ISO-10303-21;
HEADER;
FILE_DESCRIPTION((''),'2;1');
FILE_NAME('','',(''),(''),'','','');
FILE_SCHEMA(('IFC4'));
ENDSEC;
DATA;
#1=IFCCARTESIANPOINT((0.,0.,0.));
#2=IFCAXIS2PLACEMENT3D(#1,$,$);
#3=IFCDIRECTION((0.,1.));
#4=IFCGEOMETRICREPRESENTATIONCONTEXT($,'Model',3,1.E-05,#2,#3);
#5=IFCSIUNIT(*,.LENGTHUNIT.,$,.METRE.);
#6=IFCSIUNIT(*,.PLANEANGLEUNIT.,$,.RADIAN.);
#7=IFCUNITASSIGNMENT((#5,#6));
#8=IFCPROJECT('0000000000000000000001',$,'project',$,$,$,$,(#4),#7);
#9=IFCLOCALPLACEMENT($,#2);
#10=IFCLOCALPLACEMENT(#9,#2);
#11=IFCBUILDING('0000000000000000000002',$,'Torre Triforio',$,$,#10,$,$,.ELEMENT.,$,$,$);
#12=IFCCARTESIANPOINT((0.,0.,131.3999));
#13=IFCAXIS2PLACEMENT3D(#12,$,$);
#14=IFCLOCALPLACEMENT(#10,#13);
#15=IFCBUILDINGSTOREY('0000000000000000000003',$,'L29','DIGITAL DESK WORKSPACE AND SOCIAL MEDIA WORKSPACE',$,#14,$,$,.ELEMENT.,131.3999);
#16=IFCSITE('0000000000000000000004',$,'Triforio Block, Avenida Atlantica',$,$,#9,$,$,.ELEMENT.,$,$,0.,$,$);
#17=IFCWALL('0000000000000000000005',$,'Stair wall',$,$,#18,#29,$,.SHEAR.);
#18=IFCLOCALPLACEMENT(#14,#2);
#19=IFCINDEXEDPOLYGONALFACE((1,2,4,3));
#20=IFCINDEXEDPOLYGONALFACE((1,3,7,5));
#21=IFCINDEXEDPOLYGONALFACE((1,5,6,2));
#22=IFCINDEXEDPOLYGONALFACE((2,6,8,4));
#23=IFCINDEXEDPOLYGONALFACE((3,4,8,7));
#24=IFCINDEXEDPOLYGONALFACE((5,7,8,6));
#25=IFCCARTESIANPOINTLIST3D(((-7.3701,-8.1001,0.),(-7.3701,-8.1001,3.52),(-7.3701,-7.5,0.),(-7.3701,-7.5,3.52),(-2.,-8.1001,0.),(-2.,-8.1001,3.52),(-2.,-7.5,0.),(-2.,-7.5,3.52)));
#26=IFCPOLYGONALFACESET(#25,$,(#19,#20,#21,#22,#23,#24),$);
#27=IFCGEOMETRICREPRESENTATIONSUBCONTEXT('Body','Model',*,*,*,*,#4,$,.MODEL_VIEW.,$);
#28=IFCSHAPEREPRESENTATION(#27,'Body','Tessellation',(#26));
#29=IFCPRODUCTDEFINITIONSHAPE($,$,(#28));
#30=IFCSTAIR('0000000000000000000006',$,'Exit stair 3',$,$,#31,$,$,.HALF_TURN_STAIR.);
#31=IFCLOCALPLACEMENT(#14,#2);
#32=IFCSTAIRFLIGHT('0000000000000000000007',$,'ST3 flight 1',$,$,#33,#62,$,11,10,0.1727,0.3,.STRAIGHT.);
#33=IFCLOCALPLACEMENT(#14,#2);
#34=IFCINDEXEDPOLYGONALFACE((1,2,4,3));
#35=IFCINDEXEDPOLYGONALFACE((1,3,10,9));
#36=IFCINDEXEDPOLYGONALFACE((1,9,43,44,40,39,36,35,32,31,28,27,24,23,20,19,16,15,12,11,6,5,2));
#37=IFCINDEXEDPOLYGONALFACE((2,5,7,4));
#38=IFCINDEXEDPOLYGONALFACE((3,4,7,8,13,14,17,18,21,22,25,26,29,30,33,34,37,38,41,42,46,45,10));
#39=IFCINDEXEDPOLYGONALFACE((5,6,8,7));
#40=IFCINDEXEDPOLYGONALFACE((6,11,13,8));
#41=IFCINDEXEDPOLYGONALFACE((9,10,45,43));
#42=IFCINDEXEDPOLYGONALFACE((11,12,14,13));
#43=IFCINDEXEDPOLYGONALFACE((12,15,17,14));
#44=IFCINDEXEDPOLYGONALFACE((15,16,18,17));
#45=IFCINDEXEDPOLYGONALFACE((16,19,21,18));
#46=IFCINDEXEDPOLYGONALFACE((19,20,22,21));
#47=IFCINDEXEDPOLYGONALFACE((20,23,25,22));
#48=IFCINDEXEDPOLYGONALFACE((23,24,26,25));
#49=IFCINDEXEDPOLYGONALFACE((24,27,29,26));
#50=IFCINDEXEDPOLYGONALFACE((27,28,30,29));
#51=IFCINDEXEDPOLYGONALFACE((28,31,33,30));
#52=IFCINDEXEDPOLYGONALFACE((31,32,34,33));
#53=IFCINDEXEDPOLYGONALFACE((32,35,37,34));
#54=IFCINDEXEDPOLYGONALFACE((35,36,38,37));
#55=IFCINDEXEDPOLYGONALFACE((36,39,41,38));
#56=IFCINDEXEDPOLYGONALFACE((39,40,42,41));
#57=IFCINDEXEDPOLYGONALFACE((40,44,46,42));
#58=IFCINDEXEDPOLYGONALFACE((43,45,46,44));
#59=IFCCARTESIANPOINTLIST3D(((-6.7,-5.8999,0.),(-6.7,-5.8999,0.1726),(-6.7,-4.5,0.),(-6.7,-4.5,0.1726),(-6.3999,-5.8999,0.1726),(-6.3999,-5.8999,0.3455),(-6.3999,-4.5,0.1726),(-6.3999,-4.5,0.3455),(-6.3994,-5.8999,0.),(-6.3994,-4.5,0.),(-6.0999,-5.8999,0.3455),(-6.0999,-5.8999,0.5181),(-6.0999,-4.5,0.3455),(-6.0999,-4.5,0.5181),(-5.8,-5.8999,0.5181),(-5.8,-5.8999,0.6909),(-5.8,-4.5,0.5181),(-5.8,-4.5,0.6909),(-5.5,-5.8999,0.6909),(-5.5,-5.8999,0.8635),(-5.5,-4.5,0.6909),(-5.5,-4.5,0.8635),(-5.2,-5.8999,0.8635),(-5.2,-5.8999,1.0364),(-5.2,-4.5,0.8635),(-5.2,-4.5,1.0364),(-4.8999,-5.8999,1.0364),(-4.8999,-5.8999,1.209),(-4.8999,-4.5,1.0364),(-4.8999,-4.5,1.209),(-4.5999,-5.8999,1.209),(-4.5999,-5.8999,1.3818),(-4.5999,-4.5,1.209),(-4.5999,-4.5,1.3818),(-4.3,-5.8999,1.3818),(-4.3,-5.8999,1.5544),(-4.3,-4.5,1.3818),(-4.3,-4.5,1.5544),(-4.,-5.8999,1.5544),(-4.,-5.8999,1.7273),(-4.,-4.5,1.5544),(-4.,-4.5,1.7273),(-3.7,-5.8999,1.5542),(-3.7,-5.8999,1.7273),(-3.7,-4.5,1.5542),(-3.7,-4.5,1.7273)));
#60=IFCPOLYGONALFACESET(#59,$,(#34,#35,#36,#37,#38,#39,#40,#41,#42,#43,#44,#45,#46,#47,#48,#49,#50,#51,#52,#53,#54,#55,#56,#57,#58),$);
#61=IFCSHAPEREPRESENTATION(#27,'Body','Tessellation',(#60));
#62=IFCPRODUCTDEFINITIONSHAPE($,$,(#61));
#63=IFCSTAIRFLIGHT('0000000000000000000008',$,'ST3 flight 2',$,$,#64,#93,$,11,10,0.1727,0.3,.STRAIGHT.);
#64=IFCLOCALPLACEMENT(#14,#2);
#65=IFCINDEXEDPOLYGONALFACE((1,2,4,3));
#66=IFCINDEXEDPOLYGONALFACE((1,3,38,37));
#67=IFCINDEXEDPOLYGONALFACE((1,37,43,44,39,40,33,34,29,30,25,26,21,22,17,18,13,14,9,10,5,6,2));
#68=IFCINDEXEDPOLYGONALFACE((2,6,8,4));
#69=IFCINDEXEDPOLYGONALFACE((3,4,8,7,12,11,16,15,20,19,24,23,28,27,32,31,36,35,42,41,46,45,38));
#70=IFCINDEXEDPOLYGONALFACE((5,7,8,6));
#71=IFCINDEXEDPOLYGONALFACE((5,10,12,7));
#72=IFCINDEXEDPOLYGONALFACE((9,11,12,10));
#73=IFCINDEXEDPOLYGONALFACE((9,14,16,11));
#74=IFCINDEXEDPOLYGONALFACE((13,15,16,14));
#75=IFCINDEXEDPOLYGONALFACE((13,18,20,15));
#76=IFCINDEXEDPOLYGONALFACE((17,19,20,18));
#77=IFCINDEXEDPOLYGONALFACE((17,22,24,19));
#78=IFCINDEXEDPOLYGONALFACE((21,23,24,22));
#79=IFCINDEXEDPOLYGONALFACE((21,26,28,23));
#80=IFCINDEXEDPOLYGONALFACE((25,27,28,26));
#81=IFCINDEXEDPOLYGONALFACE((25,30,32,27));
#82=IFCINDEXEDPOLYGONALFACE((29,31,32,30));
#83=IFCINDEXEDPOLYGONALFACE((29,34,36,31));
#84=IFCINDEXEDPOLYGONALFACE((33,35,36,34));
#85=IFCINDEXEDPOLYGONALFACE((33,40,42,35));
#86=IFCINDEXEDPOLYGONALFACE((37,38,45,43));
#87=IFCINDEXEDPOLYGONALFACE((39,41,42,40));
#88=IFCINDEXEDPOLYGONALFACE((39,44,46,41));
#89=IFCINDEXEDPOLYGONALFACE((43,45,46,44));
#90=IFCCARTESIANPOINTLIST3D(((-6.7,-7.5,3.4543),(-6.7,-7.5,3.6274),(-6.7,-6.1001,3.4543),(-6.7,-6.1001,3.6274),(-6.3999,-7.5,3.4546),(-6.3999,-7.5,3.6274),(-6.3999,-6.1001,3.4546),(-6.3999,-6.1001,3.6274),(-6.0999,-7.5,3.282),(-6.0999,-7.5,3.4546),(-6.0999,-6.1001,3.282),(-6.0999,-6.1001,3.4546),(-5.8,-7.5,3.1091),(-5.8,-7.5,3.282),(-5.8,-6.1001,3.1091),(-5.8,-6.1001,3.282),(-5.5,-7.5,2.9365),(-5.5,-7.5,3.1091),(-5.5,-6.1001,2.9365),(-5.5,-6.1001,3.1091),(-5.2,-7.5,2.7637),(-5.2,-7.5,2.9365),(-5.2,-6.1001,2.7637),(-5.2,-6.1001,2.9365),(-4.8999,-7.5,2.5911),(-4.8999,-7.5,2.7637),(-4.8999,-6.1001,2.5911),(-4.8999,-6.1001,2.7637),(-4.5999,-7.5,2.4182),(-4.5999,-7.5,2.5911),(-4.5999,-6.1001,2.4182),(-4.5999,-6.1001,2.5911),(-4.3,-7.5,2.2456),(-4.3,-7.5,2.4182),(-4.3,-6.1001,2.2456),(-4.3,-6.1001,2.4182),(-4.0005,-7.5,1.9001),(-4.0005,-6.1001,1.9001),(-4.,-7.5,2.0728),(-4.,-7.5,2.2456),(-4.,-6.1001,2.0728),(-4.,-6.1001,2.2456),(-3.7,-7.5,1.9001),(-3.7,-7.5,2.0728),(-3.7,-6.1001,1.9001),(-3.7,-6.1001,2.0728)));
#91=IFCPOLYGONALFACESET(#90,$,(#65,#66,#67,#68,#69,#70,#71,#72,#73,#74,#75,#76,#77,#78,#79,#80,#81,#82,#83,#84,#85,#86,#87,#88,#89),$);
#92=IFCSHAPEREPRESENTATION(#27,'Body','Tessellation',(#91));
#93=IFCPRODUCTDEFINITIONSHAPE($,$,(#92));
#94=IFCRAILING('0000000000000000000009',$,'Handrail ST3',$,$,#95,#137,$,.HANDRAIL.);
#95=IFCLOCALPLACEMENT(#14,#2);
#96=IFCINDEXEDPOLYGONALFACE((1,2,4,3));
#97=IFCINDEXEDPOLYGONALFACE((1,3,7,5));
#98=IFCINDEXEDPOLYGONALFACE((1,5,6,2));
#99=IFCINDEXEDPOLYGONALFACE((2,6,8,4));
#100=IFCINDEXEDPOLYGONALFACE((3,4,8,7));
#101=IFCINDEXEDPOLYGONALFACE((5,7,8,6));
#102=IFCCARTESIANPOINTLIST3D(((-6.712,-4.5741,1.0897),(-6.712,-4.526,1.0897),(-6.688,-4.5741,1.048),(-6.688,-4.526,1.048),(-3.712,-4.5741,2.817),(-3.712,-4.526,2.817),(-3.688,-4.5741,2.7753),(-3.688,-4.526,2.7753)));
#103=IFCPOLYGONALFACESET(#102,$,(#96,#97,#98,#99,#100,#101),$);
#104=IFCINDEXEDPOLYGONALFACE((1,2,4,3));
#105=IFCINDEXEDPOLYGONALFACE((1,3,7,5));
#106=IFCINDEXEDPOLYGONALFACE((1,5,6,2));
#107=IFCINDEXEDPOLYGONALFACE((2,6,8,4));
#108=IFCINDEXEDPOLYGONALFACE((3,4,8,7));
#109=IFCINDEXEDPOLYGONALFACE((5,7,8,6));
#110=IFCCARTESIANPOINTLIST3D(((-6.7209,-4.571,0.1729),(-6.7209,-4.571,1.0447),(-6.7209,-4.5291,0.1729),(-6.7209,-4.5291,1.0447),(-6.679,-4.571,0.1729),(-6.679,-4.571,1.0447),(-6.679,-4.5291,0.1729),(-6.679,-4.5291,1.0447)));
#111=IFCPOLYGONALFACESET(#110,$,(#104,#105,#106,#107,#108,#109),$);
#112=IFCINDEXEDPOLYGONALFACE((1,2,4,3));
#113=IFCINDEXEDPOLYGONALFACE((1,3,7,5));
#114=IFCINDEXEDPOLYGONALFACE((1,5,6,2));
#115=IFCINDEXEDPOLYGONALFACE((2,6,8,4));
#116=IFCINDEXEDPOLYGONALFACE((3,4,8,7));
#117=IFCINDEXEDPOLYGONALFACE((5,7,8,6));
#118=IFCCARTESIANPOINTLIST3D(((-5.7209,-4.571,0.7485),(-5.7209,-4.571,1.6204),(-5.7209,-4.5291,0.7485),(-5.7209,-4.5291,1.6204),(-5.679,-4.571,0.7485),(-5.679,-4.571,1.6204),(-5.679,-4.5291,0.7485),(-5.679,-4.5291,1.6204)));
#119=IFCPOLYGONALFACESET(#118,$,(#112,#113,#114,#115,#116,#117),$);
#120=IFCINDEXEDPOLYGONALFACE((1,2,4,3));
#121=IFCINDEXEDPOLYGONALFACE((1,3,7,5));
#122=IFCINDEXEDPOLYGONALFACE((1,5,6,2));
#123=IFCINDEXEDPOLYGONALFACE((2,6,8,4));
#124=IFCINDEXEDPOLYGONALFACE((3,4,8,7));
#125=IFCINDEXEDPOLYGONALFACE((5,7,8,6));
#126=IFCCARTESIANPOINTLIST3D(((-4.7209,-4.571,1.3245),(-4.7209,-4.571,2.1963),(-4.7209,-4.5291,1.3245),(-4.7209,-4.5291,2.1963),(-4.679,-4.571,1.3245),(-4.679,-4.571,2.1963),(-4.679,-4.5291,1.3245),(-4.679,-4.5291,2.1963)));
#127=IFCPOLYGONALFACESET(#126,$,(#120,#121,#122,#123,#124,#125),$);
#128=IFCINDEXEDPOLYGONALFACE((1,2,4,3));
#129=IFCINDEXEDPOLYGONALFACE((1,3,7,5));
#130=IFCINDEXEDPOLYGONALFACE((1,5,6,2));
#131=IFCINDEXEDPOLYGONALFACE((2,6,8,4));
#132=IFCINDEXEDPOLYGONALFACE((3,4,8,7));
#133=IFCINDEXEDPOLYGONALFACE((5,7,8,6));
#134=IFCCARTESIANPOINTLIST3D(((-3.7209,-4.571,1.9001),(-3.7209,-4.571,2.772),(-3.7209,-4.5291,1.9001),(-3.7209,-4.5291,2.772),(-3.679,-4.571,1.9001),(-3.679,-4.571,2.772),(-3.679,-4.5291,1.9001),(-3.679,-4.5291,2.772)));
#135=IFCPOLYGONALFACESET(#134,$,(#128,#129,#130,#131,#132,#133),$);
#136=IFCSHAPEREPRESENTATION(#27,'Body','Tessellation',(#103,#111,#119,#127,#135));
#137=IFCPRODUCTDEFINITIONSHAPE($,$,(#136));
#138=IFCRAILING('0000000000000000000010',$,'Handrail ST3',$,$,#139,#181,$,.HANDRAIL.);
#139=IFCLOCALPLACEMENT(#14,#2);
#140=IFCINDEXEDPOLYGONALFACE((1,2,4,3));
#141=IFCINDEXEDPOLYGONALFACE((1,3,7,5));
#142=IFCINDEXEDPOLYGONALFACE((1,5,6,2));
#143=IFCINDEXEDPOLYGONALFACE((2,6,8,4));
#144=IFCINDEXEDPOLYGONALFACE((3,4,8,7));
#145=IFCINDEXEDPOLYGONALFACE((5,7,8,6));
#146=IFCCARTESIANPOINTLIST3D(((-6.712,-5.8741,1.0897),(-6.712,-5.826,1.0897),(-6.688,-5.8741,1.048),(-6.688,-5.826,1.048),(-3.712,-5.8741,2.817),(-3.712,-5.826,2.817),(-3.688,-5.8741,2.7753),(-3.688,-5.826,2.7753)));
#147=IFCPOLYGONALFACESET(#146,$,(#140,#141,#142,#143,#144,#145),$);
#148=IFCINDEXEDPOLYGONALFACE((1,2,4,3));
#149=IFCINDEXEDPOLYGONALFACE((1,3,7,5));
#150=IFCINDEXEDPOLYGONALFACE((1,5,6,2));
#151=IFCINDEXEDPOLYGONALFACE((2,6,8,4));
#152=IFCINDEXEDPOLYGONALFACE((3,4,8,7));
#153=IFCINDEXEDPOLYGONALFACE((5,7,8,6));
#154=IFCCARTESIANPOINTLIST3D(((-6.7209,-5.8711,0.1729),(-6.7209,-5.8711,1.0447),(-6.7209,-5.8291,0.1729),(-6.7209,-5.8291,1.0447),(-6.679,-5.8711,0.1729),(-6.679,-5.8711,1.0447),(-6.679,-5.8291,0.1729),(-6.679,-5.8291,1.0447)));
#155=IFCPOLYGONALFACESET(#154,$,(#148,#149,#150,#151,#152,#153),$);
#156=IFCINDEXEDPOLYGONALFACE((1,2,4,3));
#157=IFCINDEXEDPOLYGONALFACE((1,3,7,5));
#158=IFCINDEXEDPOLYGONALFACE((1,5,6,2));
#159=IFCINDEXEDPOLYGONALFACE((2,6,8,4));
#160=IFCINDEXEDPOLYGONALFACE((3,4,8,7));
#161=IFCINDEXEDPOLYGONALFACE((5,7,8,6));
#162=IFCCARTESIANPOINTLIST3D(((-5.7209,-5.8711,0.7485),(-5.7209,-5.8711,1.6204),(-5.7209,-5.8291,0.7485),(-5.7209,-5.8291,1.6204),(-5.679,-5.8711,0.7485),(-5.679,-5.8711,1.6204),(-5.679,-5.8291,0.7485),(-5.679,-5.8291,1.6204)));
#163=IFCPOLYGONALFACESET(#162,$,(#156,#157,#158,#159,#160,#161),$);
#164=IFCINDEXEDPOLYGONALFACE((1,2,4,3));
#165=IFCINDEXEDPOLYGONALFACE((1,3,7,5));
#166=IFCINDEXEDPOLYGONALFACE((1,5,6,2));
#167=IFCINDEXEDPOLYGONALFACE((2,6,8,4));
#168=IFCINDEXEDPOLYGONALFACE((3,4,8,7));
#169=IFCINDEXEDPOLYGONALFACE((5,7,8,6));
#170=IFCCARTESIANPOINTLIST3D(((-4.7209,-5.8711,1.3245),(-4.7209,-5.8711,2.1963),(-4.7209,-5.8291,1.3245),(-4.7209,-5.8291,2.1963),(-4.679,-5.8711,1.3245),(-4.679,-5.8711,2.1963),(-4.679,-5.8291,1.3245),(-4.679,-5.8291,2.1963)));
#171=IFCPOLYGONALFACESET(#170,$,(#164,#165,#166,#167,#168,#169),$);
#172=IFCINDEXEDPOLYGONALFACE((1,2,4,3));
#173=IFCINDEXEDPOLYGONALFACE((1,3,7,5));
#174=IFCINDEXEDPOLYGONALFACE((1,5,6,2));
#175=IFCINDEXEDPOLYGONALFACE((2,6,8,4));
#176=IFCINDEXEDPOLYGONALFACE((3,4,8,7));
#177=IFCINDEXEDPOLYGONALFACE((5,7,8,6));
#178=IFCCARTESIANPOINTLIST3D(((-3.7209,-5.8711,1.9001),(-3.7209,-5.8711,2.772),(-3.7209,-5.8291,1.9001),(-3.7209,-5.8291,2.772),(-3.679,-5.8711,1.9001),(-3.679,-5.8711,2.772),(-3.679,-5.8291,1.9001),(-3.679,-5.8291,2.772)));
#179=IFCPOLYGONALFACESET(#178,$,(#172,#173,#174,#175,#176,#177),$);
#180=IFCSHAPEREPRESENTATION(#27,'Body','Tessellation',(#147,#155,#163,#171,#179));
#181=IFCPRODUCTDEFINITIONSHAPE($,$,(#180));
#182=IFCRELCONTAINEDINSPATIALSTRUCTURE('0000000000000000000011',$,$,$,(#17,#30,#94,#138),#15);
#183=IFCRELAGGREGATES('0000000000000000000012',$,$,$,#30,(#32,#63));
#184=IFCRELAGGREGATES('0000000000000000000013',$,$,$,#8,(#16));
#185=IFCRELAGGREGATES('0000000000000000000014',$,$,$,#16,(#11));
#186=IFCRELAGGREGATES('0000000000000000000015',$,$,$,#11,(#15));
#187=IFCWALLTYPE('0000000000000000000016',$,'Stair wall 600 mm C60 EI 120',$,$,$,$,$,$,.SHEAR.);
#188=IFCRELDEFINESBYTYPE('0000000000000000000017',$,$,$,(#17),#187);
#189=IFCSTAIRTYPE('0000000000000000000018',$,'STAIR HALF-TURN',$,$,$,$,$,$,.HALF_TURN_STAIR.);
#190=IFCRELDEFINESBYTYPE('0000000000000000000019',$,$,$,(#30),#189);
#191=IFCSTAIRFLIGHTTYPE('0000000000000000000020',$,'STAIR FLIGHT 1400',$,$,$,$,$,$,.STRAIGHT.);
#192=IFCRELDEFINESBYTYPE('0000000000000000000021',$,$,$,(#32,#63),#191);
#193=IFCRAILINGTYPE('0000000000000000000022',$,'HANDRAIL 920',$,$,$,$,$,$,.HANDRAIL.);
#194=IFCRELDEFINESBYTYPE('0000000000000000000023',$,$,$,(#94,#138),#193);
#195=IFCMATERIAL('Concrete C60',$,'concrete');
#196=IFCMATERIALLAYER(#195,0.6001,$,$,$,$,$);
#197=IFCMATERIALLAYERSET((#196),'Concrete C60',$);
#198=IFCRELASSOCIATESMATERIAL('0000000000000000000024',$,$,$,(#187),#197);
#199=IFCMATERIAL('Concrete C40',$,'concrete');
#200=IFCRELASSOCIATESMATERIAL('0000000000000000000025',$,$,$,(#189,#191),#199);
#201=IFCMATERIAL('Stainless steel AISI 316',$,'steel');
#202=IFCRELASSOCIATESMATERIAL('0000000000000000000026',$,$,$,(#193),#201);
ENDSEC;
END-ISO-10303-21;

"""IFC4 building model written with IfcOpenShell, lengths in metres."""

from ifc_helpers import new_model, si_unit, direction, frame, frame_2d, origin, origin_2d, place, context, subcontext, project, spatial, polyline, rectangle, outline, extrude, material, layer, layer_set, type_object, element, aggregate, save


model = new_model("IFC4")

# Units and contexts
model_context = context("Model", 3, precision=1e-05, world=origin(), true_north=direction((0.0, 1.0)))
body_context = subcontext(model_context, "Body", "Model", "MODEL_VIEW")
ifc_project = project(units=[si_unit("LENGTHUNIT", "METRE"), si_unit("PLANEANGLEUNIT", "RADIAN")], contexts=[model_context])

# Site, building, storey
site_placement = place(None, origin())
site = spatial("IfcSite", under=ifc_project, at=site_placement, Name="Triforio Block, Avenida Atlantica", CompositionType="ELEMENT", RefElevation=0.0)
building_placement = place(site_placement, origin())
building = spatial("IfcBuilding", under=site, at=building_placement, Name="Torre Triforio", CompositionType="ELEMENT")
storey_placement = place(building_placement, frame((0.0, 0.0, 131.3999)))
storey = spatial("IfcBuildingStorey", under=building, at=storey_placement, Name="L29", Description="DIGITAL DESK WORKSPACE AND SOCIAL MEDIA WORKSPACE", CompositionType="ELEMENT", Elevation=131.3999)

# Shared definitions
ifc_material_1 = material(Name="Concrete C60", Category="concrete")

# Wall
ifc_layer_1 = layer(ifc_material_1, 0.6001)
ifc_layer_set_1 = layer_set([ifc_layer_1], Name="Concrete C60")
wall_type_1 = type_object("IfcWallType", Name="Stair wall 600 mm C60 EI 120", PredefinedType="SHEAR", material=ifc_layer_set_1)
wall_1_placement = place(storey_placement, frame((-7.3701, -7.8, 0.0), z_axis=(0.0, 0.0, 1.0), x_axis=(1.0, 0.0, 0.0)))
element("IfcWall", 1, at=wall_1_placement, inside=storey, type_object=wall_type_1, Name="Stair wall", PredefinedType="SHEAR", context=body_context, shape_type="SweptSolid", body=[
    extrude(rectangle(XDim=5.3701, YDim=0.6001, at=frame_2d((2.6851, 0.0))), origin(), (0.0, 0.0, 1.0), 3.52),
])

# Stair, stair flights
ifc_material_2 = material(Name="Concrete C40", Category="concrete")
stair_type = type_object("IfcStairType", Name="STAIR HALF-TURN", PredefinedType="HALF_TURN_STAIR", material=ifc_material_2)
stair_placement = place(storey_placement, origin())
stair = element("IfcStair", 2, at=stair_placement, inside=storey, type_object=stair_type, Name="Exit stair 3", PredefinedType="HALF_TURN_STAIR")
stair_flight_type = type_object("IfcStairFlightType", Name="STAIR FLIGHT 1400", PredefinedType="STRAIGHT", material=ifc_material_2)
stair_flight_1_placement = place(storey_placement, frame((-6.7, -5.2, 0.0), z_axis=(0.0, 0.0, 1.0), x_axis=(1.0, 0.0, 0.0)))
stair_flight_1 = element("IfcStairFlight", 3, at=stair_flight_1_placement, type_object=stair_flight_type, Name="ST3 flight 1", NumberOfRisers=11, NumberOfTreads=10, PredefinedType="STRAIGHT", RiserHeight=0.1727, TreadLength=0.3, context=body_context, shape_type="SweptSolid", body=[
    extrude(outline(polyline([(0.0, 0.0), (0.0, 0.1726), (0.3, 0.1726), (0.3, 0.3455), (0.6001, 0.3455), (0.6001, 0.5181), (0.8999, 0.5181), (0.8999, 0.6909), (1.2, 0.6909), (1.2, 0.8635), (1.5, 0.8635), (1.5, 1.0364), (1.8, 1.0364), (1.8, 1.209), (2.1001, 1.209), (2.1001, 1.3818), (2.3999, 1.3818), (2.3999, 1.5544), (2.7, 1.5544), (2.7, 1.7273), (3.0, 1.7273), (3.0, 1.8999), (3.0, 1.5542), (0.3005, 0.0), (0.0, 0.0)])), frame((0.0, 0.7, 0.0), z_axis=(0.0, -1.0, 0.0), x_axis=(1.0, 0.0, 0.0)), (0.0, 0.0, 1.0), 1.3999),
])
stair_flight_2_placement = place(storey_placement, frame((-3.7, -6.8, 1.9001), z_axis=(0.0, 0.0, 1.0), x_axis=(-1.0, 0.0, 0.0)))
stair_flight_2 = element("IfcStairFlight", 4, at=stair_flight_2_placement, type_object=stair_flight_type, Name="ST3 flight 2", NumberOfRisers=11, NumberOfTreads=10, PredefinedType="STRAIGHT", RiserHeight=0.1727, TreadLength=0.3, context=body_context, shape_type="SweptSolid", body=[
    extrude(outline(polyline([(0.0, 0.0), (0.0, 0.1726), (0.3, 0.1726), (0.3, 0.3455), (0.6001, 0.3455), (0.6001, 0.5181), (0.8999, 0.5181), (0.8999, 0.6909), (1.2, 0.6909), (1.2, 0.8635), (1.5, 0.8635), (1.5, 1.0364), (1.8, 1.0364), (1.8, 1.209), (2.1001, 1.209), (2.1001, 1.3818), (2.3999, 1.3818), (2.3999, 1.5544), (2.7, 1.5544), (2.7, 1.7273), (3.0, 1.7273), (3.0, 1.8999), (3.0, 1.5542), (0.3005, 0.0), (0.0, 0.0)])), frame((0.0, 0.7, 0.0), z_axis=(0.0, -1.0, 0.0), x_axis=(1.0, 0.0, 0.0)), (0.0, 0.0, 1.0), 1.3999),
])
aggregate(stair, [stair_flight_1, stair_flight_2])

# Railings
ifc_material_3 = material(Name="Stainless steel AISI 316", Category="steel")
railing_type = type_object("IfcRailingType", Name="HANDRAIL 920", PredefinedType="HANDRAIL", material=ifc_material_3)
for number, where, name in (
    (5, (-6.7, -4.55, 0.1729), "Handrail ST3"),
    (6, (-6.7, -5.8501, 0.1729), "Handrail ST3"),
):
    element("IfcRailing", number, at=place(storey_placement, frame(where)), inside=storey, type_object=railing_type, Name=name, PredefinedType="HANDRAIL", context=body_context, shape_type="SweptSolid", body=[
        extrude(rectangle(XDim=0.0481, YDim=0.0481, at=origin_2d()), frame((0.0, 0.0, 0.896), z_axis=(0.86662, 0.0, 0.498969), x_axis=(0.0, 1.0, 0.0)), (0.0, 0.0, 1.0), 3.4617),
        extrude(rectangle(XDim=0.042, YDim=0.042, at=origin_2d()), origin(), (0.0, 0.0, 1.0), 0.8718),
        extrude(rectangle(XDim=0.042, YDim=0.042, at=origin_2d()), frame((1.0, 0.0, 0.5757)), (0.0, 0.0, 1.0), 0.8718),
        extrude(rectangle(XDim=0.042, YDim=0.042, at=origin_2d()), frame((2.0, 0.0, 1.1516)), (0.0, 0.0, 1.0), 0.8718),
        extrude(rectangle(XDim=0.042, YDim=0.042, at=origin_2d()), frame((3.0, 0.0, 1.7273)), (0.0, 0.0, 1.0), 0.8718),
    ])

save(model, "model.ifc")
